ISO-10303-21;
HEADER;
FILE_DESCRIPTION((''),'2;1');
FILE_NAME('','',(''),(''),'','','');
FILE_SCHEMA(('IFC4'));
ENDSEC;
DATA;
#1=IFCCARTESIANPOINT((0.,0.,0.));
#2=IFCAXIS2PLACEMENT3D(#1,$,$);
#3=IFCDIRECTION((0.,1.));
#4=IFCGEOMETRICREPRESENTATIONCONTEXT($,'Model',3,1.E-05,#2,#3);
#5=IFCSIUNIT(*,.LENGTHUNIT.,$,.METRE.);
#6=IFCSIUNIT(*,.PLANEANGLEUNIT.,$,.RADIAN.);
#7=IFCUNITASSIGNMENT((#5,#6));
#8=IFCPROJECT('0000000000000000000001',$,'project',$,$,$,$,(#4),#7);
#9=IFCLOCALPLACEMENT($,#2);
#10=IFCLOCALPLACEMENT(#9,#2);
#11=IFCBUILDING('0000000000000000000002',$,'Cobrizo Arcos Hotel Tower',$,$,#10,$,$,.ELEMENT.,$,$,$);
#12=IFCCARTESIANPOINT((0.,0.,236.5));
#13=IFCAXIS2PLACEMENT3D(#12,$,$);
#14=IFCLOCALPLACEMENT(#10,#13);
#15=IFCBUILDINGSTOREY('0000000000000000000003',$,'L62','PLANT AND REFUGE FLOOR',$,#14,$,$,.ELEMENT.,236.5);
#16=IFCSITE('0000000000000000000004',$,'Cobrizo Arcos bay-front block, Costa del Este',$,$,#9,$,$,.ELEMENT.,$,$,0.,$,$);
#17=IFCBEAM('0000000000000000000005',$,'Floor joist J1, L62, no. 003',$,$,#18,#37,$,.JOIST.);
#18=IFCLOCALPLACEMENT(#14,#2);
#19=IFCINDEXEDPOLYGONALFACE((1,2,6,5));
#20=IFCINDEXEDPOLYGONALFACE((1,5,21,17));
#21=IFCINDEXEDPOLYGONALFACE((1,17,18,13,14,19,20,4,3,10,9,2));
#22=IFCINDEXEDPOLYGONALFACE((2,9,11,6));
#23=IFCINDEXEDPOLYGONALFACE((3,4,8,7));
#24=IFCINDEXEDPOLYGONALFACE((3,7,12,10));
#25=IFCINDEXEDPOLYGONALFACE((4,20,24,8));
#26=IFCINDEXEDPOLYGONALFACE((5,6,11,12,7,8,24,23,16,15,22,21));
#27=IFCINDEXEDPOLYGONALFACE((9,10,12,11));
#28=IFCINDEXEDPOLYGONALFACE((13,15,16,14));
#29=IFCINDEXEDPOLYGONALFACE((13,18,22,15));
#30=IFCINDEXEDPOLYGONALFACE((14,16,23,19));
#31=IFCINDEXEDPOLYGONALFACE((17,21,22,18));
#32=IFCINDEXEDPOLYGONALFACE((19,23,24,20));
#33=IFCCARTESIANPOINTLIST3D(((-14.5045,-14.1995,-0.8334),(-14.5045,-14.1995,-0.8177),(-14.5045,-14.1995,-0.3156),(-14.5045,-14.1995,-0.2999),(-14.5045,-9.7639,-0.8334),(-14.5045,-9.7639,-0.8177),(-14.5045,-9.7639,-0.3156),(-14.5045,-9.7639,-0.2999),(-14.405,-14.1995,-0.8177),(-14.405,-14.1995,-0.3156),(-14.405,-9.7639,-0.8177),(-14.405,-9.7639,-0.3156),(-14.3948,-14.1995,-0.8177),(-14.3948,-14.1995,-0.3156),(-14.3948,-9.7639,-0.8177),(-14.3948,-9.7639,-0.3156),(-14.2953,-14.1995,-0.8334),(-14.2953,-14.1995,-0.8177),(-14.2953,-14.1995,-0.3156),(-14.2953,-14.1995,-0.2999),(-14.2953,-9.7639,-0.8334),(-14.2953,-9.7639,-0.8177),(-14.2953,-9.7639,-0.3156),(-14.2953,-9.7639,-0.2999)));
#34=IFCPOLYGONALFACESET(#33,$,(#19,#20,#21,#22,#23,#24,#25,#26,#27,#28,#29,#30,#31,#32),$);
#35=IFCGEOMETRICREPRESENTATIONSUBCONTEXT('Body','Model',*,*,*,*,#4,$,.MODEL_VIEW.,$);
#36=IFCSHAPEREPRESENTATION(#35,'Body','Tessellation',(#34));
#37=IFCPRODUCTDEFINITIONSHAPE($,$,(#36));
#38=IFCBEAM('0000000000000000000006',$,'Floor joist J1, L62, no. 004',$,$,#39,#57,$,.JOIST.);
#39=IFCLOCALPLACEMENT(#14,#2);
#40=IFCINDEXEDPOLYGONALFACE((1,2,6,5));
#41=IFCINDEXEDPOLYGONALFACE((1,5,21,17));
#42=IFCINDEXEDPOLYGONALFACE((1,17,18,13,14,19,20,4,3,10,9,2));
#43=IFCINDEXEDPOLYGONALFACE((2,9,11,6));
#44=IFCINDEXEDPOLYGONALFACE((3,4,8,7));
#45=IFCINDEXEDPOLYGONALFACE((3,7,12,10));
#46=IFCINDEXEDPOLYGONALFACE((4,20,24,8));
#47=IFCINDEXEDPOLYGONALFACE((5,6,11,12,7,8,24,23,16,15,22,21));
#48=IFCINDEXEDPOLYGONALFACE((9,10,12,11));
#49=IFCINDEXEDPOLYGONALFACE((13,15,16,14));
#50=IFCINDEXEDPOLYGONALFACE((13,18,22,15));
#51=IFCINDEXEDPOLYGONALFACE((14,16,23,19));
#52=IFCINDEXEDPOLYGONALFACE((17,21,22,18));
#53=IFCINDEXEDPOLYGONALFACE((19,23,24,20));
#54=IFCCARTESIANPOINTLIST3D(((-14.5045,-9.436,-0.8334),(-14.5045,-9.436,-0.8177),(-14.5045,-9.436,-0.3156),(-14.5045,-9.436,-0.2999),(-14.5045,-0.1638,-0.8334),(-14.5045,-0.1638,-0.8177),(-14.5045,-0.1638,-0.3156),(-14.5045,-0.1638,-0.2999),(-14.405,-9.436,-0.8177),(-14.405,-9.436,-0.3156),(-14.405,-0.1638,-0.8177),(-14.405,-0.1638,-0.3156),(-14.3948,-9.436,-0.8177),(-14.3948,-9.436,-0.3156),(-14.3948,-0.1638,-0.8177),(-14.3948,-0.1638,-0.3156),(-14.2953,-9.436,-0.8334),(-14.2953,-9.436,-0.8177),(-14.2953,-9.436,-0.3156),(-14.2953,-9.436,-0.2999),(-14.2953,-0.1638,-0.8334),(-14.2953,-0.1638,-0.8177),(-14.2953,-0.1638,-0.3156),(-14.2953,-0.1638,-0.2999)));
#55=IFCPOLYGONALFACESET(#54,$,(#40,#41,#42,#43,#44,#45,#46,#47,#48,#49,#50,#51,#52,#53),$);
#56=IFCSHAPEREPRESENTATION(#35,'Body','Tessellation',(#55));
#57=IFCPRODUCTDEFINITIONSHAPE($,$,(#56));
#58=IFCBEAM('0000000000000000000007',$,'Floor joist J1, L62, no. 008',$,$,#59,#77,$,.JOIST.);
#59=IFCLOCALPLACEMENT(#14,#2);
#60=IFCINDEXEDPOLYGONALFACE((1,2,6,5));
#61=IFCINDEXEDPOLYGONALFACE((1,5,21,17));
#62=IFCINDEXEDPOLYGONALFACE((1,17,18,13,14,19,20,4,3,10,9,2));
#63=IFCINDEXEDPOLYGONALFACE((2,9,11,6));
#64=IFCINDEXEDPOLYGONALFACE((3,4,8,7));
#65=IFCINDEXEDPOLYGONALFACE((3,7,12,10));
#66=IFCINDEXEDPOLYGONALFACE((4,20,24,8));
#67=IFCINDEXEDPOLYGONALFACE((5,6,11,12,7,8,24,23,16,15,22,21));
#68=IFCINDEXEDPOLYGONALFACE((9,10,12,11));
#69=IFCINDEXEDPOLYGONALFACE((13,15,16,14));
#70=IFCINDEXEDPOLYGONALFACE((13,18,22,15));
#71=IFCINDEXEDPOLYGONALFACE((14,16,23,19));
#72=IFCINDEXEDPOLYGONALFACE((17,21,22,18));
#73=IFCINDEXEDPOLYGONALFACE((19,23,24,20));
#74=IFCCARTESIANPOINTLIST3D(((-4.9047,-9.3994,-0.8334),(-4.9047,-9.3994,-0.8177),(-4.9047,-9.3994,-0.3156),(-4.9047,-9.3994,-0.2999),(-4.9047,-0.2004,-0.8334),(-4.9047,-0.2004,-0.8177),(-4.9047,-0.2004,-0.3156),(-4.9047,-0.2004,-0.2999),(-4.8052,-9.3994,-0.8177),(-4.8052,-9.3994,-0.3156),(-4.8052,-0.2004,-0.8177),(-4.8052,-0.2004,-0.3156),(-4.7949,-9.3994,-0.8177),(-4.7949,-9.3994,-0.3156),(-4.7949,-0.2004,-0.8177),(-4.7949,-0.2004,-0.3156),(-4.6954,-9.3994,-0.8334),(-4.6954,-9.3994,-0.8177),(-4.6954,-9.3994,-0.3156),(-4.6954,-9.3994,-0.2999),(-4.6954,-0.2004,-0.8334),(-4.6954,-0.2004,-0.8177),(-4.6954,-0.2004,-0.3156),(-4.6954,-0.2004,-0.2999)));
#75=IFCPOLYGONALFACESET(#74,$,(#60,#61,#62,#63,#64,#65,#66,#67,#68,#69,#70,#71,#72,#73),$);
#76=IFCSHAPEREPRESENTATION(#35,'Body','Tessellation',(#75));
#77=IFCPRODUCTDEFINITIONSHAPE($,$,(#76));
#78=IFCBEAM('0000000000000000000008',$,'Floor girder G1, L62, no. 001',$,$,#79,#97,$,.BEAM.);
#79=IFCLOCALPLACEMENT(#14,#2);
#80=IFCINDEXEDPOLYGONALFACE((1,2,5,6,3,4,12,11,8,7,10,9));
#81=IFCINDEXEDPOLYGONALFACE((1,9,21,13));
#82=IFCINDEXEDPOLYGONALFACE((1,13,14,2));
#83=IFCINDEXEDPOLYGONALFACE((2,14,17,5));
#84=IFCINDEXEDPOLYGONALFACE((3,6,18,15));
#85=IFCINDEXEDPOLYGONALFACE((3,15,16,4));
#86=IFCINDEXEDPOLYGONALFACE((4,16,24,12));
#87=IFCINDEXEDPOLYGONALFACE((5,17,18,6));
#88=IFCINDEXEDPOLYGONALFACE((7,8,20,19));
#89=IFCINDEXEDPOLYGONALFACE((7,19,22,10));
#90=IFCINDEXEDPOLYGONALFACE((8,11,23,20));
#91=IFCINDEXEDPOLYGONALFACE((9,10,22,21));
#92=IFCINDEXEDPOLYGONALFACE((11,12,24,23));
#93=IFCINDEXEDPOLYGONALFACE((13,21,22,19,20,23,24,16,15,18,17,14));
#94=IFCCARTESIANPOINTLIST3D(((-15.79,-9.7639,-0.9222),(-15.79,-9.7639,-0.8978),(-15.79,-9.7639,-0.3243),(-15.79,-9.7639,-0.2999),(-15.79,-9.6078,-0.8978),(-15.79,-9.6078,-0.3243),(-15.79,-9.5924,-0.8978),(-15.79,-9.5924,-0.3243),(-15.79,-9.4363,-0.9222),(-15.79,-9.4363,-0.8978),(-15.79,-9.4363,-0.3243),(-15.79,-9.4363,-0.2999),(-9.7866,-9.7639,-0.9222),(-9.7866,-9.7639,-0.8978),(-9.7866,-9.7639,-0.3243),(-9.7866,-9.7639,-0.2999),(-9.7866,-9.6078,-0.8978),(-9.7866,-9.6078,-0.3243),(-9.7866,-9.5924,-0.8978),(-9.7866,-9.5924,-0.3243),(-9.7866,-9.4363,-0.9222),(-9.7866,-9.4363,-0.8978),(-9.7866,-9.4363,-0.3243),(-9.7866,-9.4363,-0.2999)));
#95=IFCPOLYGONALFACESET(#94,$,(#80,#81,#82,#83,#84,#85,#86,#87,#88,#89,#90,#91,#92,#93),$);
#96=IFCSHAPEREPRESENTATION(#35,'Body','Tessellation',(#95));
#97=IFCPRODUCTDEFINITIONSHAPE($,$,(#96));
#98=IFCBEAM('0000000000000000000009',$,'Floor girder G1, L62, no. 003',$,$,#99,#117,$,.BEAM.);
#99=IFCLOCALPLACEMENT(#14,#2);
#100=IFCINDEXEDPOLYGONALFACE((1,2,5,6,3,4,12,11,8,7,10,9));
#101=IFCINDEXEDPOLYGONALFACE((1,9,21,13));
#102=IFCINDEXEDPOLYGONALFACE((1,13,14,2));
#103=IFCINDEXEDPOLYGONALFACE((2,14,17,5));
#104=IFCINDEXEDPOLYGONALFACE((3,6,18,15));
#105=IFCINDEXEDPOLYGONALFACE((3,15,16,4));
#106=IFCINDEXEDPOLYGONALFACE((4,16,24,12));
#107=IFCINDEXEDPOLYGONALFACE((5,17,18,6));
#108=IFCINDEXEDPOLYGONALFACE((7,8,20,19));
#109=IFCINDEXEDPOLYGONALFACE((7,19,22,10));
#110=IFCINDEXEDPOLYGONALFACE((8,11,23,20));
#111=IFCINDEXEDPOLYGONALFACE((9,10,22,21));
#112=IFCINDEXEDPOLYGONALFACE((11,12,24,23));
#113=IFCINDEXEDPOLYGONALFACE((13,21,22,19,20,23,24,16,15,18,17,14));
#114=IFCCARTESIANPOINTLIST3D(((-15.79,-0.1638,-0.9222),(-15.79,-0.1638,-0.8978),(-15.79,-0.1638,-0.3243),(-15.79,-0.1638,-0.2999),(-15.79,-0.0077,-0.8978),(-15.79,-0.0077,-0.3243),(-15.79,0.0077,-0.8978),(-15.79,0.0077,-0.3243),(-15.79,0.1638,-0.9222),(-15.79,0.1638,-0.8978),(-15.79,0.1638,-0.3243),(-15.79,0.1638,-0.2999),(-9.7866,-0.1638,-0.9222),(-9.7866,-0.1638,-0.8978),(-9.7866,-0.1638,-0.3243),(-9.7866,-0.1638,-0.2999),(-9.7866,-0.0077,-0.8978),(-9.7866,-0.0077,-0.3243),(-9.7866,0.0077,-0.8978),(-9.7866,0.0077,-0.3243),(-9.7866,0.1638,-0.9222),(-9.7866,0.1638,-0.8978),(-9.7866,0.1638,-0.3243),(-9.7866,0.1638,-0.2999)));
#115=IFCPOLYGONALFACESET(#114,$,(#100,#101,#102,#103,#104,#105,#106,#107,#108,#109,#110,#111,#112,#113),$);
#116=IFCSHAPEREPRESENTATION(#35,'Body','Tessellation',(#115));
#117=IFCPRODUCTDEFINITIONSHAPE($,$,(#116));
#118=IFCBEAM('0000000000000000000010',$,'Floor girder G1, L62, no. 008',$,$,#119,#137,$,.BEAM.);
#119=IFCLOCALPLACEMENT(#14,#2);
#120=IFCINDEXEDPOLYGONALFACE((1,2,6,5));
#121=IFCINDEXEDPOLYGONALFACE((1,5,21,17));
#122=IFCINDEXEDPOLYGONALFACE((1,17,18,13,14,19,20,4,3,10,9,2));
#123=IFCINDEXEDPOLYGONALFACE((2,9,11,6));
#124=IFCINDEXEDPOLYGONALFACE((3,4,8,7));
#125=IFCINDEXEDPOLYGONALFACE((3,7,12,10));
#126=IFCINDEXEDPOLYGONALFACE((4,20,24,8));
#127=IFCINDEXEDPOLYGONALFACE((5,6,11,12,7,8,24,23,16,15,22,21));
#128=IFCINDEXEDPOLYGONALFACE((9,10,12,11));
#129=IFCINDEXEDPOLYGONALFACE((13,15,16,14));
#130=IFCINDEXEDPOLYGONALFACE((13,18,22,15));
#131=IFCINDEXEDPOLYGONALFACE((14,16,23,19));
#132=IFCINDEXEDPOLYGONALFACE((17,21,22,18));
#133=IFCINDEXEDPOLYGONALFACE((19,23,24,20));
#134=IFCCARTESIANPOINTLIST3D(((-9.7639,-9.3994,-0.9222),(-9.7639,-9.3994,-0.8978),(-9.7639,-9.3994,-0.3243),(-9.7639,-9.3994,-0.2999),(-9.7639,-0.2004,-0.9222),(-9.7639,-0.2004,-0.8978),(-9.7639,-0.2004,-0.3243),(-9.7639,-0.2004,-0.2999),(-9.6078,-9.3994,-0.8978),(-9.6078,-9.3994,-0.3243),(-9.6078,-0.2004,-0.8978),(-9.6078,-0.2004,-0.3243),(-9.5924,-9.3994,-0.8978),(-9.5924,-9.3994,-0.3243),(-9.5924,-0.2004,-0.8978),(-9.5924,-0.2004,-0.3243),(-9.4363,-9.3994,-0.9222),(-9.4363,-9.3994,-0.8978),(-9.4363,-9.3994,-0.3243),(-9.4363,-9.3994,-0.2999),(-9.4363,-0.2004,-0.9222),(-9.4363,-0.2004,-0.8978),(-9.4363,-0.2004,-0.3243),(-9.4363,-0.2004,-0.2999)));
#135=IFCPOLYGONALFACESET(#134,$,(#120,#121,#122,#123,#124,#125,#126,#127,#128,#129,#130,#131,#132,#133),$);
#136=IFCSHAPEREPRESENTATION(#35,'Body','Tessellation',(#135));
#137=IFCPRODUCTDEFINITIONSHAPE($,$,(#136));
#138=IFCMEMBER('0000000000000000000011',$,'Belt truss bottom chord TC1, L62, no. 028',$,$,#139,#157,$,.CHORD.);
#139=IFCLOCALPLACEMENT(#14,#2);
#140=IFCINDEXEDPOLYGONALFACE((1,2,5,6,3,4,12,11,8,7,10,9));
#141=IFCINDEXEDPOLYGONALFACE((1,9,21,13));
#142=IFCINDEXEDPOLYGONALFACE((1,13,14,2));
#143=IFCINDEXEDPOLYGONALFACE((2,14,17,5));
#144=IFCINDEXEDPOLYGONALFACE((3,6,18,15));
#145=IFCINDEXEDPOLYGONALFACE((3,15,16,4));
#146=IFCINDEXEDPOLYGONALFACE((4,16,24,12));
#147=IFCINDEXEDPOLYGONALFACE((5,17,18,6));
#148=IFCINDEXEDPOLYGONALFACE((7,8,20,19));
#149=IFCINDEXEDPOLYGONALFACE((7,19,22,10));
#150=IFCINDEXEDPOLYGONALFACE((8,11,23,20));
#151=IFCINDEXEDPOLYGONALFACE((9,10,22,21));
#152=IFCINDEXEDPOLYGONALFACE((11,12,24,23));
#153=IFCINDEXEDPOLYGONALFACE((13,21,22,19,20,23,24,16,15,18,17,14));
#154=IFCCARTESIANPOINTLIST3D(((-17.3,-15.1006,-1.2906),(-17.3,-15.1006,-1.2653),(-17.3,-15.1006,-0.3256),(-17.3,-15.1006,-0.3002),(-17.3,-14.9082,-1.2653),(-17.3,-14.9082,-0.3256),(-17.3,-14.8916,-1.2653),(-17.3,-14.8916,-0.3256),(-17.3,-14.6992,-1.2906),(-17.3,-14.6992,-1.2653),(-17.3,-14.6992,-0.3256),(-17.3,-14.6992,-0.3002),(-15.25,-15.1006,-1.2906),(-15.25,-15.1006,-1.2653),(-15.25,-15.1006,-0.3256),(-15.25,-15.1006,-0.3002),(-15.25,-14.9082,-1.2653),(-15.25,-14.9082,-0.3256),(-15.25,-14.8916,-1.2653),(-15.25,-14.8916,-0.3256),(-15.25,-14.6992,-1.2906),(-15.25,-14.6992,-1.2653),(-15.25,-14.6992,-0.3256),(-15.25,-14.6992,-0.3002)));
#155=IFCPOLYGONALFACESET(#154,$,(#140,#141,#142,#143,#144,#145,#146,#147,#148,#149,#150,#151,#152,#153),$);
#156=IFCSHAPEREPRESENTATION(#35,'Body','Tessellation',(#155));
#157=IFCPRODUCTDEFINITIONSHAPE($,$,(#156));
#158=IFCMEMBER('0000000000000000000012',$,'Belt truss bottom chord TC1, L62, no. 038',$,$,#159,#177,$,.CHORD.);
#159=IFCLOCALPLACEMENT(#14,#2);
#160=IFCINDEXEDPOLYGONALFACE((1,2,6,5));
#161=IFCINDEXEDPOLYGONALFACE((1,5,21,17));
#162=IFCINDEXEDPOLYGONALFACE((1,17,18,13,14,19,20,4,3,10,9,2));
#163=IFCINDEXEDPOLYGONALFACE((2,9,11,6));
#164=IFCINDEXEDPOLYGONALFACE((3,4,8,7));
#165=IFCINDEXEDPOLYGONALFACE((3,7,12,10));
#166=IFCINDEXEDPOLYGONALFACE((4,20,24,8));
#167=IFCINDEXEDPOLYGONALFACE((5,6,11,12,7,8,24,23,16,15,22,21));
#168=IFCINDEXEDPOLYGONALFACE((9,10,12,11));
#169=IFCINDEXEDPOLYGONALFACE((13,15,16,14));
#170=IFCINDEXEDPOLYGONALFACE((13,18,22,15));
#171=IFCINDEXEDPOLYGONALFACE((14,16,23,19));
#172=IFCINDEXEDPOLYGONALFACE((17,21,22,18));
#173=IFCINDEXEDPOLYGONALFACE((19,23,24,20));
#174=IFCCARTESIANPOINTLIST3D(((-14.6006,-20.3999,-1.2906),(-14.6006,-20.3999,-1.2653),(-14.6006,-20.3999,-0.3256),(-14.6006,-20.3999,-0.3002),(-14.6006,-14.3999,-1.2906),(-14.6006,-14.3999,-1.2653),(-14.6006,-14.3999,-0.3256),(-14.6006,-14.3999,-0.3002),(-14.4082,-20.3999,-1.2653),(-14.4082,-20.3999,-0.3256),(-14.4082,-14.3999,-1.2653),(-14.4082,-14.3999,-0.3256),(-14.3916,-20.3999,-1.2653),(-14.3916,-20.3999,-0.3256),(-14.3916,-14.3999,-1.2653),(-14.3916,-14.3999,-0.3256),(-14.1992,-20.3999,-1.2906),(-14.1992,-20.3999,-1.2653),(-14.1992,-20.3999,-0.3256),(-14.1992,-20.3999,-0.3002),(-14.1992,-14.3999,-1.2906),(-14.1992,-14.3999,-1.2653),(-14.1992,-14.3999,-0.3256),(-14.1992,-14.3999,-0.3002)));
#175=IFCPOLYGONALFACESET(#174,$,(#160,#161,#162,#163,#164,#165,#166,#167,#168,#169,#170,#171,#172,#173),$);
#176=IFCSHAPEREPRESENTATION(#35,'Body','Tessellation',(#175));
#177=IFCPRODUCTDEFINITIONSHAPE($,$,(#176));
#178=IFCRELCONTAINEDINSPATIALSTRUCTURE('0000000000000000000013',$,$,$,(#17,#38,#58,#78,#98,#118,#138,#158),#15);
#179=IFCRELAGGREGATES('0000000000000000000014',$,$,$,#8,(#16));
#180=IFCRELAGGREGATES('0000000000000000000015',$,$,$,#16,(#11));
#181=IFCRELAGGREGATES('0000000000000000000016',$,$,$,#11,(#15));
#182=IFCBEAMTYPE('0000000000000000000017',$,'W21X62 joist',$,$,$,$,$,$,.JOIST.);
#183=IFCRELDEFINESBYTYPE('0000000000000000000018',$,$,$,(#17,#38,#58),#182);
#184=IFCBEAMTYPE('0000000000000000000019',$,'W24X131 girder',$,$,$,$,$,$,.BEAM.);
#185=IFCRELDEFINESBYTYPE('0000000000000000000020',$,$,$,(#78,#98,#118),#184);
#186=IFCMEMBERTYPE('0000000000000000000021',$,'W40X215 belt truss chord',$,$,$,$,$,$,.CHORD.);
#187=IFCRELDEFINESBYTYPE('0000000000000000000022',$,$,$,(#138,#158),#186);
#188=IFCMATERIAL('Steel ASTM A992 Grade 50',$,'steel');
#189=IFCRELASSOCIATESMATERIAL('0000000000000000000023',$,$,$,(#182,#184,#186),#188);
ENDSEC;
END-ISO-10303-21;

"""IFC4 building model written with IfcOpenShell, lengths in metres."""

from ifc_helpers import new_model, si_unit, direction, frame, origin, origin_2d, place, context, subcontext, project, spatial, i_section, extrude, material, material_profile, profile_set, type_object, element, save


model = new_model("IFC4")

# Units and contexts
model_context = context("Model", 3, precision=1e-05, world=origin(), true_north=direction((0.0, 1.0)))
body_context = subcontext(model_context, "Body", "Model", "MODEL_VIEW")
ifc_project = project(units=[si_unit("LENGTHUNIT", "METRE"), si_unit("PLANEANGLEUNIT", "RADIAN")], contexts=[model_context])

# Site, building, storey
site_placement = place(None, origin())
site = spatial("IfcSite", under=ifc_project, at=site_placement, Name="Cobrizo Arcos bay-front block, Costa del Este", CompositionType="ELEMENT", RefElevation=0.0)
building_placement = place(site_placement, origin())
building = spatial("IfcBuilding", under=site, at=building_placement, Name="Cobrizo Arcos Hotel Tower", CompositionType="ELEMENT")
storey_placement = place(building_placement, frame((0.0, 0.0, 236.5)))
storey = spatial("IfcBuildingStorey", under=building, at=storey_placement, Name="L62", Description="PLANT AND REFUGE FLOOR", CompositionType="ELEMENT", Elevation=236.5)

# Shared definitions
ifc_material_1 = material(Name="Steel ASTM A992 Grade 50", Category="steel")

# Beams
ifc_material_profile_1 = material_profile(ifc_material_1, i_section(OverallWidth=0.2092, OverallDepth=0.5334, WebThickness=0.0103, FlangeThickness=0.0156, at=origin_2d()), Name="W21X62")
ifc_profile_set_1 = profile_set([ifc_material_profile_1], Name="Steel ASTM A992 Grade 50")
beam_type_1 = type_object("IfcBeamType", Name="W21X62 joist", PredefinedType="JOIST", material=ifc_profile_set_1)
beam_1_placement = place(storey_placement, frame((-14.3999, -14.1995, -0.5667), z_axis=(0.0, 1.0, 0.0), x_axis=(-1.0, 0.0, 0.0)))
element("IfcBeam", 1, at=beam_1_placement, inside=storey, type_object=beam_type_1, Name="Floor joist J1, L62, no. 003", PredefinedType="JOIST", context=body_context, shape_type="SweptSolid", body=[
    extrude(i_section(OverallWidth=0.2092, OverallDepth=0.5334, WebThickness=0.0103, FlangeThickness=0.0156, at=origin_2d()), origin(), (0.0, 0.0, 1.0), 4.4355),
])
beam_2_placement = place(storey_placement, frame((-14.3999, -9.436, -0.5667), z_axis=(0.0, 1.0, 0.0), x_axis=(-1.0, 0.0, 0.0)))
element("IfcBeam", 2, at=beam_2_placement, inside=storey, type_object=beam_type_1, Name="Floor joist J1, L62, no. 004", PredefinedType="JOIST", context=body_context, shape_type="SweptSolid", body=[
    extrude(i_section(OverallWidth=0.2092, OverallDepth=0.5334, WebThickness=0.0103, FlangeThickness=0.0156, at=origin_2d()), origin(), (0.0, 0.0, 1.0), 9.2722),
])
beam_3_placement = place(storey_placement, frame((-4.8, -9.3994, -0.5667), z_axis=(0.0, 1.0, 0.0), x_axis=(-1.0, 0.0, 0.0)))
element("IfcBeam", 3, at=beam_3_placement, inside=storey, type_object=beam_type_1, Name="Floor joist J1, L62, no. 008", PredefinedType="JOIST", context=body_context, shape_type="SweptSolid", body=[
    extrude(i_section(OverallWidth=0.2092, OverallDepth=0.5334, WebThickness=0.0103, FlangeThickness=0.0156, at=origin_2d()), origin(), (0.0, 0.0, 1.0), 9.199),
])
ifc_material_profile_2 = material_profile(ifc_material_1, i_section(OverallWidth=0.3276, OverallDepth=0.6223, WebThickness=0.0154, FlangeThickness=0.0244, at=origin_2d()), Name="W24X131")
ifc_profile_set_2 = profile_set([ifc_material_profile_2], Name="Steel ASTM A992 Grade 50")
beam_type_2 = type_object("IfcBeamType", Name="W24X131 girder", PredefinedType="BEAM", material=ifc_profile_set_2)
for number, where, z_axis, x_axis, name in (
    (4, (-15.79, -9.6001, -0.6111), (1.0, 0.0, 0.0), (0.0, 1.0, 0.0), "Floor girder G1, L62, no. 001"),
    (5, (-15.79, 0.0, -0.6111), (1.0, 0.0, 0.0), (0.0, 1.0, 0.0), "Floor girder G1, L62, no. 003"),
):
    element("IfcBeam", number, at=place(storey_placement, frame(where, z_axis=z_axis, x_axis=x_axis)), inside=storey, type_object=beam_type_2, Name=name, PredefinedType="BEAM", context=body_context, shape_type="SweptSolid", body=[
        extrude(i_section(OverallWidth=0.3276, OverallDepth=0.6223, WebThickness=0.0154, FlangeThickness=0.0244, at=origin_2d()), origin(), (0.0, 0.0, 1.0), 6.0034),
    ])
beam_4_placement = place(storey_placement, frame((-9.6001, -9.3994, -0.6111), z_axis=(0.0, 1.0, 0.0), x_axis=(-1.0, 0.0, 0.0)))
element("IfcBeam", 6, at=beam_4_placement, inside=storey, type_object=beam_type_2, Name="Floor girder G1, L62, no. 008", PredefinedType="BEAM", context=body_context, shape_type="SweptSolid", body=[
    extrude(i_section(OverallWidth=0.3276, OverallDepth=0.6223, WebThickness=0.0154, FlangeThickness=0.0244, at=origin_2d()), origin(), (0.0, 0.0, 1.0), 9.199),
])

# Members
ifc_material_profile_3 = material_profile(ifc_material_1, i_section(OverallWidth=0.4014, OverallDepth=0.9905, WebThickness=0.0166, FlangeThickness=0.0254, at=origin_2d()), Name="W40X215")
ifc_profile_set_3 = profile_set([ifc_material_profile_3], Name="Steel ASTM A992 Grade 50")
member_type_1 = type_object("IfcMemberType", Name="W40X215 belt truss chord", PredefinedType="CHORD", material=ifc_profile_set_3)
member_1_placement = place(storey_placement, frame((-17.3, -14.8999, -0.7954), z_axis=(1.0, 0.0, 0.0), x_axis=(0.0, 1.0, 0.0)))
element("IfcMember", 7, at=member_1_placement, inside=storey, type_object=member_type_1, Name="Belt truss bottom chord TC1, L62, no. 028", PredefinedType="CHORD", context=body_context, shape_type="SweptSolid", body=[
    extrude(i_section(OverallWidth=0.4014, OverallDepth=0.9905, WebThickness=0.0166, FlangeThickness=0.0254, at=origin_2d()), origin(), (0.0, 0.0, 1.0), 2.05),
])
member_2_placement = place(storey_placement, frame((-14.3999, -14.3999, -0.7954), z_axis=(0.0, -1.0, 0.0), x_axis=(1.0, 0.0, 0.0)))
element("IfcMember", 8, at=member_2_placement, inside=storey, type_object=member_type_1, Name="Belt truss bottom chord TC1, L62, no. 038", PredefinedType="CHORD", context=body_context, shape_type="SweptSolid", body=[
    extrude(i_section(OverallWidth=0.4014, OverallDepth=0.9905, WebThickness=0.0166, FlangeThickness=0.0254, at=origin_2d()), origin(), (0.0, 0.0, 1.0), 6.0),
])

save(model, "model.ifc")
